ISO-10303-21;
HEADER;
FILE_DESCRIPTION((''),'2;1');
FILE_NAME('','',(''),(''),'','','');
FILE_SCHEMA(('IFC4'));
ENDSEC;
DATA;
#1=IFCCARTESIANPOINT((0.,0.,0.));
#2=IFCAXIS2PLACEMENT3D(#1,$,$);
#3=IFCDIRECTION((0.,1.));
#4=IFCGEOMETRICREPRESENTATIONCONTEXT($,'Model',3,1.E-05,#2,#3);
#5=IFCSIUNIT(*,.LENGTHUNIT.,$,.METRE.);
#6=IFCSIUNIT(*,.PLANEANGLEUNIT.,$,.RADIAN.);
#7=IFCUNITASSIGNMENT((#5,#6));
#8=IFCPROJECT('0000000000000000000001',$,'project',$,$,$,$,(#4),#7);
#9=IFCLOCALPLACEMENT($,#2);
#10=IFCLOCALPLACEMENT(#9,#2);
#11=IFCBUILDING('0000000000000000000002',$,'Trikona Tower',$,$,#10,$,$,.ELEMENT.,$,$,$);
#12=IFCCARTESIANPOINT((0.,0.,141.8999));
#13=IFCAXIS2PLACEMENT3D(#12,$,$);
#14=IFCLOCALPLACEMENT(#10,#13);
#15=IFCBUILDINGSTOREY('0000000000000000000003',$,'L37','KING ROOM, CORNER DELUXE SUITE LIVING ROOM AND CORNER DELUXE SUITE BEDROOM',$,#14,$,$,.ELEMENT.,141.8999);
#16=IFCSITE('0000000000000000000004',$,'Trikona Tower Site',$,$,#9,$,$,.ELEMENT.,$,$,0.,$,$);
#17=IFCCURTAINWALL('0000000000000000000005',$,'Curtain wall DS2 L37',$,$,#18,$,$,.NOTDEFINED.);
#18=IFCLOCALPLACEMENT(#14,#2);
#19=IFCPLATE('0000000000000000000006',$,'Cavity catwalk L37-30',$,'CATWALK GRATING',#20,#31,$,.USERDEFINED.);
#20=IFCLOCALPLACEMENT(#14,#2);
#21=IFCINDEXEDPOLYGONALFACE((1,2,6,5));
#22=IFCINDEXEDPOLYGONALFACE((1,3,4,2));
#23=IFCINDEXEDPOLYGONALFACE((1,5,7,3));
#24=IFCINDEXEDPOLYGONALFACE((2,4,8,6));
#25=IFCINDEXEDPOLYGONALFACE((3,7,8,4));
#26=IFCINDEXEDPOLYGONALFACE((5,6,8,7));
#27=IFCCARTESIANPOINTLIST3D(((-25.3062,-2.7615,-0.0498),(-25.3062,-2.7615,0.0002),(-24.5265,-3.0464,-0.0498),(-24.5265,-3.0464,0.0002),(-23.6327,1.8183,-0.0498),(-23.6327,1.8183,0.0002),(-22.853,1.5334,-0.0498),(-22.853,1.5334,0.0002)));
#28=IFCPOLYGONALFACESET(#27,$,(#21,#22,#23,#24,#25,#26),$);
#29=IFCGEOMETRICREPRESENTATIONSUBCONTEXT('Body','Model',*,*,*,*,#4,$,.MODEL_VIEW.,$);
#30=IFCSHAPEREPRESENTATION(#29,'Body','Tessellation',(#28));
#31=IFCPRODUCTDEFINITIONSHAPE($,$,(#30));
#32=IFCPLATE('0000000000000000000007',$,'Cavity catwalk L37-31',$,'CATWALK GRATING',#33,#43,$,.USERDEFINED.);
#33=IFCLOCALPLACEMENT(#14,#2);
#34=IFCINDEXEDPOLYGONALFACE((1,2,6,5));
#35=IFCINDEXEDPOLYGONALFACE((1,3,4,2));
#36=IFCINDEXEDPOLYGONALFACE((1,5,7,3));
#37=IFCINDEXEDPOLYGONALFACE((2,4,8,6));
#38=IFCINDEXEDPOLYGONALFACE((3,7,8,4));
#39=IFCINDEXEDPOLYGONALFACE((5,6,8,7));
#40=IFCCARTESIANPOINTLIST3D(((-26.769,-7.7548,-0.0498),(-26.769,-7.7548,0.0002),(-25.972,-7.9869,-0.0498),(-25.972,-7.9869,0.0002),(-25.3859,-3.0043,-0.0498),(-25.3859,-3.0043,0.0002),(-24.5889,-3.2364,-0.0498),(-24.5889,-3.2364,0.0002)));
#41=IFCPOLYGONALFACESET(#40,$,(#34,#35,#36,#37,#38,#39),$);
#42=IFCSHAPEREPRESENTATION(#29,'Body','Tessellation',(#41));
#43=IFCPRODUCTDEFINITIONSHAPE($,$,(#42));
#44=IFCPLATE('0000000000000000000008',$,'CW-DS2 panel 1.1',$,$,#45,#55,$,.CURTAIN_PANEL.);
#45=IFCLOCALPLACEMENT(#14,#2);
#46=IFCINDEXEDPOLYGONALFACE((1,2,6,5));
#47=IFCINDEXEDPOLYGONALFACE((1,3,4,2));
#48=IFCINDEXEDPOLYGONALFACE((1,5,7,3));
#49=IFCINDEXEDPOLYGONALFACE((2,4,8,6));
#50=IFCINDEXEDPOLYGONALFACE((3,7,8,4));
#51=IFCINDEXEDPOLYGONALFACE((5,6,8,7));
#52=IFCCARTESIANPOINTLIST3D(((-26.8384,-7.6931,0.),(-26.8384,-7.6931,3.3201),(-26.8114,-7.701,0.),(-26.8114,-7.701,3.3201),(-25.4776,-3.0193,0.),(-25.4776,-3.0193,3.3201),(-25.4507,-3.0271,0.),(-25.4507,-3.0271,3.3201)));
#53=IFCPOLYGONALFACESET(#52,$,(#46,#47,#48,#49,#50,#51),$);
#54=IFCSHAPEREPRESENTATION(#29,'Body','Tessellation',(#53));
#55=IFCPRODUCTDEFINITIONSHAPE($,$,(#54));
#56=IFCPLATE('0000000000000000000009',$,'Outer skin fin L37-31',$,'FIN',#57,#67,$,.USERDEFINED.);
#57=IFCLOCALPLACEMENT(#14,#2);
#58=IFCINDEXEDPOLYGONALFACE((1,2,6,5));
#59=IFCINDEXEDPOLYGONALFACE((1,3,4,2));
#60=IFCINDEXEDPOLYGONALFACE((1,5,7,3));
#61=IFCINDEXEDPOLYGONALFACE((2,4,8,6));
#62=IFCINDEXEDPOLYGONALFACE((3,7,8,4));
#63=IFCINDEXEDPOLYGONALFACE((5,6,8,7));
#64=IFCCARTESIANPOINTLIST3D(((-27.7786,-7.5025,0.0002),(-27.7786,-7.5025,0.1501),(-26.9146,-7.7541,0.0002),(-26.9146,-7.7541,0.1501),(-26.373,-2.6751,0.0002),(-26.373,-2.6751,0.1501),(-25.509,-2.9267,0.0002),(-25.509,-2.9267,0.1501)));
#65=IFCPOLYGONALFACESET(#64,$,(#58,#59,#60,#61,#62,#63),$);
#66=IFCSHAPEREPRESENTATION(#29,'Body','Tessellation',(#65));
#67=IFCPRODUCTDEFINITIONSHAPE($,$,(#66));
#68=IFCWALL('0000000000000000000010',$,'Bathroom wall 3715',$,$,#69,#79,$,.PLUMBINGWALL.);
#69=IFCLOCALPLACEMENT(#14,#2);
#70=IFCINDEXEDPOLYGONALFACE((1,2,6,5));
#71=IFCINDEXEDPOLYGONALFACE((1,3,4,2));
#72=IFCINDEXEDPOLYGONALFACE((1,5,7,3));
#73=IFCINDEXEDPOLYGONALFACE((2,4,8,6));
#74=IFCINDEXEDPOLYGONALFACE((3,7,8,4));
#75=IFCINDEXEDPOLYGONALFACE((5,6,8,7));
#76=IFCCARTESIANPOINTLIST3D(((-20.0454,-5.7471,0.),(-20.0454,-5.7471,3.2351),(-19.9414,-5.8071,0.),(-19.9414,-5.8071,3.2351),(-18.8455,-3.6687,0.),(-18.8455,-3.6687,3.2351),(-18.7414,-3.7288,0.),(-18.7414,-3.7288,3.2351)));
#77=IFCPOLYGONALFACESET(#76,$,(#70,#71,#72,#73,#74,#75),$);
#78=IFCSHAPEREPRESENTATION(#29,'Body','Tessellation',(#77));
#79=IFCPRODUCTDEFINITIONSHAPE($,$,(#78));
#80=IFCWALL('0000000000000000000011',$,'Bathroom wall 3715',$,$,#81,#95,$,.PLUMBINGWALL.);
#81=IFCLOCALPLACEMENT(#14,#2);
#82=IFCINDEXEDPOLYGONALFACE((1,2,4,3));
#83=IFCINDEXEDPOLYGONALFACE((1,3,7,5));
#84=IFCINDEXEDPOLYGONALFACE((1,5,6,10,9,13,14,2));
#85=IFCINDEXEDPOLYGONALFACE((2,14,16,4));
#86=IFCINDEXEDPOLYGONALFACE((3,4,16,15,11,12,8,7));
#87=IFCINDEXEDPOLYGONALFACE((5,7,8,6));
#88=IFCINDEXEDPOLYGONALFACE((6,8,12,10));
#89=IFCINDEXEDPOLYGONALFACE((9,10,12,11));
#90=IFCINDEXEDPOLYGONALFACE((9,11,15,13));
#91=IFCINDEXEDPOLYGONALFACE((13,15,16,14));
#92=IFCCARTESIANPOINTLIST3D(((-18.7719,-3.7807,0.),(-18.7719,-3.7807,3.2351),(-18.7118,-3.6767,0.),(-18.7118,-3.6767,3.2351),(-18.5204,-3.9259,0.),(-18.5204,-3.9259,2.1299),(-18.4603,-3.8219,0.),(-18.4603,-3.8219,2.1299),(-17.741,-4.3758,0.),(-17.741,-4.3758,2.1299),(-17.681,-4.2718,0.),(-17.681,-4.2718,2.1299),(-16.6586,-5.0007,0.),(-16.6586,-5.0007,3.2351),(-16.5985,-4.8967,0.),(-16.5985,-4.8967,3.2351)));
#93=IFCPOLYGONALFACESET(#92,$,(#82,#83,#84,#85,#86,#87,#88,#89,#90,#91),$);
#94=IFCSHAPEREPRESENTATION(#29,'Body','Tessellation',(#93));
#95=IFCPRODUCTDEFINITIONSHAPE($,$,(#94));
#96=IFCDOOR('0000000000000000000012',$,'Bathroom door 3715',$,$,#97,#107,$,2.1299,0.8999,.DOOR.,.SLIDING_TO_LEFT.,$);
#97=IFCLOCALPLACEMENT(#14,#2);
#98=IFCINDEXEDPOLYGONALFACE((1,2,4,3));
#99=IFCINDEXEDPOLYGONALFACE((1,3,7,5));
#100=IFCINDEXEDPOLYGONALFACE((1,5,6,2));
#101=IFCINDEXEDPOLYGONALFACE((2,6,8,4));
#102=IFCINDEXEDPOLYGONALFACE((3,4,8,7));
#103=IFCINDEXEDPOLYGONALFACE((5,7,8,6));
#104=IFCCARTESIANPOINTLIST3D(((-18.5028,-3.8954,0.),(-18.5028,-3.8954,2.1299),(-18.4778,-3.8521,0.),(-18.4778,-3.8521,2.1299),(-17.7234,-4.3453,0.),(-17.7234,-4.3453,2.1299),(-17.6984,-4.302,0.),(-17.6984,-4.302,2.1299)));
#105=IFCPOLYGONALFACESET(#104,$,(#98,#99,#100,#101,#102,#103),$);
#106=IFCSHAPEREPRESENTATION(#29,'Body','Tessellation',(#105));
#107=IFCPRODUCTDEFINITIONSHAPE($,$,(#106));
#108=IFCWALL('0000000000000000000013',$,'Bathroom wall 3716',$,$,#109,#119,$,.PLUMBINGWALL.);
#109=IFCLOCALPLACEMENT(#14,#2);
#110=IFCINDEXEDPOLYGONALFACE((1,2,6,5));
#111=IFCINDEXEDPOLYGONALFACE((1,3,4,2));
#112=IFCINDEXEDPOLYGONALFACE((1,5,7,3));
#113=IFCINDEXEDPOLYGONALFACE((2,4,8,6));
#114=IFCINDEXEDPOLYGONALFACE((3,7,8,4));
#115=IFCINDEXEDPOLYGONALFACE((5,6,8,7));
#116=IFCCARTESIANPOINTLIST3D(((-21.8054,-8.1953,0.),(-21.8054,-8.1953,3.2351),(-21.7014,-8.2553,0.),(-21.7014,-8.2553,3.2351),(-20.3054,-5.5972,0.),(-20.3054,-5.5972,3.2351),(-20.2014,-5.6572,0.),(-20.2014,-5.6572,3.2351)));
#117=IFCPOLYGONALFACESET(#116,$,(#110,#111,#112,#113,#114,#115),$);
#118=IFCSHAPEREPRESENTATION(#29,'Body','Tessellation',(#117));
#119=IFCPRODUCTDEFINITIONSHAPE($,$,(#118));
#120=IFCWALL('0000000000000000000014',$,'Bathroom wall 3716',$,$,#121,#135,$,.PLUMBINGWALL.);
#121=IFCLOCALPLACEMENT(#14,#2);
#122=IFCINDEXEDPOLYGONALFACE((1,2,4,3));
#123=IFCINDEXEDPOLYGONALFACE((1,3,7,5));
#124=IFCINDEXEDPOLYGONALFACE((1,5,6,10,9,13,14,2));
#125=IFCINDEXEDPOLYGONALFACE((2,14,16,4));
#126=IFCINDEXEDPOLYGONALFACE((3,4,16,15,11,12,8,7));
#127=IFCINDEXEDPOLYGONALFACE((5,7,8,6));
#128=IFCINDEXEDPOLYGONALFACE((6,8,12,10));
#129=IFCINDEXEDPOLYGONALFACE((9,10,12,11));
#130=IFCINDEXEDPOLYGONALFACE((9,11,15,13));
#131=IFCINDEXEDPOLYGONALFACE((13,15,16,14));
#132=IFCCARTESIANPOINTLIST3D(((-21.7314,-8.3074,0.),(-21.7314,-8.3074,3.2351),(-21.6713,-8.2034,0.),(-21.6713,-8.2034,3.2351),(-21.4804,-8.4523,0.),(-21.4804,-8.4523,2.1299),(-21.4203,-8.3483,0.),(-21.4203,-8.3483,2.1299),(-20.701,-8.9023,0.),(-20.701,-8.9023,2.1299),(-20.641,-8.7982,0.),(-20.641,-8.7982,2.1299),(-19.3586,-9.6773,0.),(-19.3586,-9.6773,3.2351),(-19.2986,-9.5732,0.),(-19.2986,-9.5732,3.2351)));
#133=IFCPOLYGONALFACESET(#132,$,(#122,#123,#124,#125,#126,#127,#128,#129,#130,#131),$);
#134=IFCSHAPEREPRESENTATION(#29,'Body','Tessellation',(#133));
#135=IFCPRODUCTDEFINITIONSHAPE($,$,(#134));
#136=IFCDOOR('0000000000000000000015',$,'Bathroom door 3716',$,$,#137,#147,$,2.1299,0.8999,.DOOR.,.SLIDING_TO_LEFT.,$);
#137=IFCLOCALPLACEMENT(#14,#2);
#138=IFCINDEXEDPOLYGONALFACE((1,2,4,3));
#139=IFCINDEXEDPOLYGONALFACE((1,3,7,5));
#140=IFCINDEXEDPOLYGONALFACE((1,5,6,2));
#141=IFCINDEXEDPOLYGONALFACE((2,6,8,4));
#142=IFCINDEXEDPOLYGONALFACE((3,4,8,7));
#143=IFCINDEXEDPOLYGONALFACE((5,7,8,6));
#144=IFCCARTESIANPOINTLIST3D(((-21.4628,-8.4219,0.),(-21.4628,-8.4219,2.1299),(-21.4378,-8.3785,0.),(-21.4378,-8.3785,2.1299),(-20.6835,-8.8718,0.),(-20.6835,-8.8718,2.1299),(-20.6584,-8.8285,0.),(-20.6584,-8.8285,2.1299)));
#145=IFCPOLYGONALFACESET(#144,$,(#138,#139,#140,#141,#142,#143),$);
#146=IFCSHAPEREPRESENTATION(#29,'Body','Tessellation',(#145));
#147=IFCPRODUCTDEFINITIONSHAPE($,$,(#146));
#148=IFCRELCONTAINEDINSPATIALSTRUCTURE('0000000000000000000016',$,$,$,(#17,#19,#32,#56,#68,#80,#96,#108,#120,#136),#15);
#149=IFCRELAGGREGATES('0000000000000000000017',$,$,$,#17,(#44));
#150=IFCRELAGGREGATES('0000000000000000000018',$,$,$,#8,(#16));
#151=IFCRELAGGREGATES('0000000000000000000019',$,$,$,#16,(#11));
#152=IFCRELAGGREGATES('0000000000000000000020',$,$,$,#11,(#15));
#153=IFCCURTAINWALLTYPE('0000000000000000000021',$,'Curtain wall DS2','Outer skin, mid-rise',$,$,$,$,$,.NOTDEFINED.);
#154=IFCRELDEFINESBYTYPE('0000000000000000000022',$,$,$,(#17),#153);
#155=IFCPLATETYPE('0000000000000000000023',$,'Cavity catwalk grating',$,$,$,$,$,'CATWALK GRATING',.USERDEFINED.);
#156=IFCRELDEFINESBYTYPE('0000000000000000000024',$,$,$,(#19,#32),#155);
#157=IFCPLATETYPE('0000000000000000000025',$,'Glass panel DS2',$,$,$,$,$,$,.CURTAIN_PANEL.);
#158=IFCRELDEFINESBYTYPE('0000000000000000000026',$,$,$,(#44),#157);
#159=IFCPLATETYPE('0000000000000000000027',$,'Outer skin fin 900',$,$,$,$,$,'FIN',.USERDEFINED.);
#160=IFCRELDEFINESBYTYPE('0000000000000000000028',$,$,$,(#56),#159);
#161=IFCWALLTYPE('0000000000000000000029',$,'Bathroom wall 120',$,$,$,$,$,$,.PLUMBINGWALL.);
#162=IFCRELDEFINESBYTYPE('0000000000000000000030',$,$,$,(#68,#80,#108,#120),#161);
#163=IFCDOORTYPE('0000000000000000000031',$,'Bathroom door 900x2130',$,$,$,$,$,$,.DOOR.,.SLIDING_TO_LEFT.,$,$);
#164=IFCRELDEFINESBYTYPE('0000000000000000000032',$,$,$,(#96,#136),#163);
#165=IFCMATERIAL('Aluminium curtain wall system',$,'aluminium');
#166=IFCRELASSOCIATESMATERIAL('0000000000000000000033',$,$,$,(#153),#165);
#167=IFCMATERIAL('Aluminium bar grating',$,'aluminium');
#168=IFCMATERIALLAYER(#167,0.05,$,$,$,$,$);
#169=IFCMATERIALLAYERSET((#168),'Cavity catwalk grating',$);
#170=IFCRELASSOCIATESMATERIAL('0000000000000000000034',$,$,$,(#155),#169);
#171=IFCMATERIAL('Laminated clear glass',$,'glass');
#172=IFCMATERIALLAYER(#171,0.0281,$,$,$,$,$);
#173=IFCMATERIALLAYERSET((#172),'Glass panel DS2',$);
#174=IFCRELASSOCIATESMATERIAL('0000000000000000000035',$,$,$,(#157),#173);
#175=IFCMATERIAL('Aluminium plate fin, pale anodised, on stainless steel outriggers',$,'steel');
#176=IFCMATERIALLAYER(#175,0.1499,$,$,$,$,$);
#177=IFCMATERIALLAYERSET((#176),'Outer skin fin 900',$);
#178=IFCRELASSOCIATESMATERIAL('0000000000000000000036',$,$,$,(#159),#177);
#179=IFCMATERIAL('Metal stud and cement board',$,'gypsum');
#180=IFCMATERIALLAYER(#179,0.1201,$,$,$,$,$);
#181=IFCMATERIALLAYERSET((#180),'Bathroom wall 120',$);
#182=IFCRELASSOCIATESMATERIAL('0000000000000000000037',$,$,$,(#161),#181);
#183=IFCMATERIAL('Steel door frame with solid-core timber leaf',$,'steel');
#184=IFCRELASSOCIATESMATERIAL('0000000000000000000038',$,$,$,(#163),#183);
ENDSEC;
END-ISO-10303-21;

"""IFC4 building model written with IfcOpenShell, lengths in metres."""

from ifc_helpers import new_model, si_unit, direction, frame, frame_2d, origin, origin_2d, place, context, subcontext, project, spatial, rectangle, extrude, material, layer, layer_set, type_object, element, fill, aggregate, save


model = new_model("IFC4")

# Units and contexts
model_context = context("Model", 3, precision=1e-05, world=origin(), true_north=direction((0.0, 1.0)))
body_context = subcontext(model_context, "Body", "Model", "MODEL_VIEW")
ifc_project = project(units=[si_unit("LENGTHUNIT", "METRE"), si_unit("PLANEANGLEUNIT", "RADIAN")], contexts=[model_context])

# Site, building, storey
site_placement = place(None, origin())
site = spatial("IfcSite", under=ifc_project, at=site_placement, Name="Trikona Tower Site", CompositionType="ELEMENT", RefElevation=0.0)
building_placement = place(site_placement, origin())
building = spatial("IfcBuilding", under=site, at=building_placement, Name="Trikona Tower", CompositionType="ELEMENT")
storey_placement = place(building_placement, frame((0.0, 0.0, 141.8999)))
storey = spatial("IfcBuildingStorey", under=building, at=storey_placement, Name="L37", Description="KING ROOM, CORNER DELUXE SUITE LIVING ROOM AND CORNER DELUXE SUITE BEDROOM", CompositionType="ELEMENT", Elevation=141.8999)

# Shared definitions
ifc_material_1 = material(Name="Aluminium curtain wall system", Category="aluminium")
curtain_wall_type = type_object("IfcCurtainWallType", Name="Curtain wall DS2", Description="Outer skin, mid-rise", PredefinedType="NOTDEFINED", material=ifc_material_1)

# Curtain wall
curtain_wall_1_placement = place(storey_placement, origin())
curtain_wall_1 = element("IfcCurtainWall", 1, at=curtain_wall_1_placement, inside=storey, type_object=curtain_wall_type, Name="Curtain wall DS2 L37", PredefinedType="NOTDEFINED")

# Plates
ifc_material_2 = material(Name="Aluminium bar grating", Category="aluminium")
ifc_layer_1 = layer(ifc_material_2, 0.05)
ifc_layer_set_1 = layer_set([ifc_layer_1], Name="Cavity catwalk grating")
plate_type_1 = type_object("IfcPlateType", Name="Cavity catwalk grating", ElementType="CATWALK GRATING", PredefinedType="USERDEFINED", material=ifc_layer_set_1)
plate_1_placement = place(storey_placement, frame((-24.0796, -0.614, -0.0498), z_axis=(0.0, 0.0, 1.0), x_axis=(-0.34322, -0.939255, 0.0)))
element("IfcPlate", 2, at=plate_1_placement, inside=storey, type_object=plate_type_1, Name="Cavity catwalk L37-30", ObjectType="CATWALK GRATING", PredefinedType="USERDEFINED", context=body_context, shape_type="SweptSolid", body=[
    extrude(rectangle(XDim=4.876, YDim=0.8301, at=origin_2d()), origin(), (0.0, 0.0, 1.0), 0.05),
])
plate_2_placement = place(storey_placement, frame((-25.679, -5.4956, -0.0498), z_axis=(0.0, 0.0, 1.0), x_axis=(-0.279554, -0.96013, 0.0)))
element("IfcPlate", 3, at=plate_2_placement, inside=storey, type_object=plate_type_1, Name="Cavity catwalk L37-31", ObjectType="CATWALK GRATING", PredefinedType="USERDEFINED", context=body_context, shape_type="SweptSolid", body=[
    extrude(rectangle(XDim=4.9478, YDim=0.8301, at=origin_2d()), origin(), (0.0, 0.0, 1.0), 0.05),
])

# Plates
ifc_material_3 = material(Name="Laminated clear glass", Category="glass")
ifc_layer_2 = layer(ifc_material_3, 0.0281)
ifc_layer_set_2 = layer_set([ifc_layer_2], Name="Glass panel DS2")
plate_type_2 = type_object("IfcPlateType", Name="Glass panel DS2", PredefinedType="CURTAIN_PANEL", material=ifc_layer_set_2)
plate_3_placement = place(storey_placement, frame((-26.1445, -5.3601, 0.0), z_axis=(0.0, 0.0, 1.0), x_axis=(-0.279543, -0.960133, 0.0)))
plate_3 = element("IfcPlate", 4, at=plate_3_placement, type_object=plate_type_2, Name="CW-DS2 panel 1.1", PredefinedType="CURTAIN_PANEL", context=body_context, shape_type="SweptSolid", body=[
    extrude(rectangle(XDim=4.8679, YDim=0.0281, at=origin_2d()), origin(), (0.0, 0.0, 1.0), 3.3201),
])
aggregate(curtain_wall_1, [plate_3])
ifc_material_4 = material(Name="Aluminium plate fin, pale anodised, on stainless steel outriggers", Category="steel")
ifc_layer_3 = layer(ifc_material_4, 0.1499)
ifc_layer_set_3 = layer_set([ifc_layer_3], Name="Outer skin fin 900")
plate_type_3 = type_object("IfcPlateType", Name="Outer skin fin 900", ElementType="FIN", PredefinedType="USERDEFINED", material=ifc_layer_set_3)
plate_4_placement = place(storey_placement, frame((-26.6438, -5.2146, 0.0002), z_axis=(0.0, 0.0, 1.0), x_axis=(-0.279554, -0.96013, 0.0)))
element("IfcPlate", 5, at=plate_4_placement, inside=storey, type_object=plate_type_3, Name="Outer skin fin L37-31", ObjectType="FIN", PredefinedType="USERDEFINED", context=body_context, shape_type="SweptSolid", body=[
    extrude(rectangle(XDim=5.0278, YDim=0.8999, at=origin_2d()), origin(), (0.0, 0.0, 1.0), 0.1499),
])

# Wall
ifc_material_5 = material(Name="Metal stud and cement board", Category="gypsum")
ifc_layer_4 = layer(ifc_material_5, 0.1201)
ifc_layer_set_4 = layer_set([ifc_layer_4], Name="Bathroom wall 120")
wall_type_1 = type_object("IfcWallType", Name="Bathroom wall 120", PredefinedType="PLUMBINGWALL", material=ifc_layer_set_4)
wall_1_placement = place(storey_placement, frame((-18.7935, -3.6987, 0.0), z_axis=(0.0, 0.0, 1.0), x_axis=(-0.500001, -0.866025, 0.0)))
element("IfcWall", 6, at=wall_1_placement, inside=storey, type_object=wall_type_1, Name="Bathroom wall 3715", PredefinedType="PLUMBINGWALL", context=body_context, shape_type="SweptSolid", body=[
    extrude(rectangle(XDim=2.3999, YDim=0.1201, at=frame_2d((1.2, 0.0))), origin(), (0.0, 0.0, 1.0), 3.2351),
])

# Wall, opening, door
wall_2_placement = place(storey_placement, frame((-16.6284, -4.9487, 0.0), z_axis=(0.0, 0.0, 1.0), x_axis=(-0.866049, 0.499959, 0.0)))
wall_2 = element("IfcWall", 7, at=wall_2_placement, inside=storey, type_object=wall_type_1, Name="Bathroom wall 3715", PredefinedType="PLUMBINGWALL", context=body_context, shape_type="SweptSolid", body=[
    extrude(rectangle(XDim=2.4402, YDim=0.1201, at=frame_2d((1.2202, 0.0))), origin(), (0.0, 0.0, 1.0), 3.2351),
])
opening_1_placement = place(wall_2_placement, frame((1.25, 0.0, 0.0)))
opening_1 = element("IfcOpeningElement", 8, at=opening_1_placement, cuts=wall_2, PredefinedType="OPENING", context=body_context, shape_type="SweptSolid", body=[
    extrude(rectangle(XDim=0.8999, YDim=2.1299, at=frame_2d((0.45, 1.0649))), frame((0.0, 0.0701, 0.0), z_axis=(0.0, -1.0, 0.0), x_axis=(1.0, 0.0, 0.0)), (0.0, 0.0, 1.0), 0.1401),
])
ifc_material_6 = material(Name="Steel door frame with solid-core timber leaf", Category="steel")
door_type_1 = type_object("IfcDoorType", Name="Bathroom door 900x2130", OperationType="SLIDING_TO_LEFT", PredefinedType="DOOR", material=ifc_material_6)
door_1_placement = place(opening_1_placement, origin())
door_1 = element("IfcDoor", 9, at=door_1_placement, inside=storey, type_object=door_type_1, Name="Bathroom door 3715", OperationType="SLIDING_TO_LEFT", OverallHeight=2.1299, OverallWidth=0.8999, PredefinedType="DOOR", context=body_context, shape_type="SweptSolid", body=[
    extrude(rectangle(XDim=0.8999, YDim=2.1299, at=frame_2d((0.45, 1.0649))), frame((0.0, 0.0249, 0.0), z_axis=(0.0, -1.0, 0.0), x_axis=(1.0, 0.0, 0.0)), (0.0, 0.0, 1.0), 0.05),
])
fill(opening_1, door_1)

# Wall
wall_3_placement = place(storey_placement, frame((-20.2534, -5.6272, 0.0), z_axis=(0.0, 0.0, 1.0), x_axis=(-0.49999, -0.866031, 0.0)))
element("IfcWall", 10, at=wall_3_placement, inside=storey, type_object=wall_type_1, Name="Bathroom wall 3716", PredefinedType="PLUMBINGWALL", context=body_context, shape_type="SweptSolid", body=[
    extrude(rectangle(XDim=3.0, YDim=0.1201, at=frame_2d((1.5, 0.0))), origin(), (0.0, 0.0, 1.0), 3.2351),
])

# Wall, opening, door
wall_4_placement = place(storey_placement, frame((-19.3286, -9.6252, 0.0), z_axis=(0.0, 0.0, 1.0), x_axis=(-0.866036, 0.499982, 0.0)))
wall_4 = element("IfcWall", 11, at=wall_4_placement, inside=storey, type_object=wall_type_1, Name="Bathroom wall 3716", PredefinedType="PLUMBINGWALL", context=body_context, shape_type="SweptSolid", body=[
    extrude(rectangle(XDim=2.7397, YDim=0.1201, at=frame_2d((1.3699, 0.0))), origin(), (0.0, 0.0, 1.0), 3.2351),
])
opening_2_placement = place(wall_4_placement, frame((1.55, 0.0, 0.0)))
opening_2 = element("IfcOpeningElement", 12, at=opening_2_placement, cuts=wall_4, PredefinedType="OPENING", context=body_context, shape_type="SweptSolid", body=[
    extrude(rectangle(XDim=0.8999, YDim=2.1299, at=frame_2d((0.45, 1.0649))), frame((0.0, 0.0701, 0.0), z_axis=(0.0, -1.0, 0.0), x_axis=(1.0, 0.0, 0.0)), (0.0, 0.0, 1.0), 0.1401),
])
door_2_placement = place(opening_2_placement, origin())
door_2 = element("IfcDoor", 13, at=door_2_placement, inside=storey, type_object=door_type_1, Name="Bathroom door 3716", OperationType="SLIDING_TO_LEFT", OverallHeight=2.1299, OverallWidth=0.8999, PredefinedType="DOOR", context=body_context, shape_type="SweptSolid", body=[
    extrude(rectangle(XDim=0.8999, YDim=2.1299, at=frame_2d((0.45, 1.0649))), frame((0.0, 0.0249, 0.0), z_axis=(0.0, -1.0, 0.0), x_axis=(1.0, 0.0, 0.0)), (0.0, 0.0, 1.0), 0.05),
])
fill(opening_2, door_2)

save(model, "model.ifc")
